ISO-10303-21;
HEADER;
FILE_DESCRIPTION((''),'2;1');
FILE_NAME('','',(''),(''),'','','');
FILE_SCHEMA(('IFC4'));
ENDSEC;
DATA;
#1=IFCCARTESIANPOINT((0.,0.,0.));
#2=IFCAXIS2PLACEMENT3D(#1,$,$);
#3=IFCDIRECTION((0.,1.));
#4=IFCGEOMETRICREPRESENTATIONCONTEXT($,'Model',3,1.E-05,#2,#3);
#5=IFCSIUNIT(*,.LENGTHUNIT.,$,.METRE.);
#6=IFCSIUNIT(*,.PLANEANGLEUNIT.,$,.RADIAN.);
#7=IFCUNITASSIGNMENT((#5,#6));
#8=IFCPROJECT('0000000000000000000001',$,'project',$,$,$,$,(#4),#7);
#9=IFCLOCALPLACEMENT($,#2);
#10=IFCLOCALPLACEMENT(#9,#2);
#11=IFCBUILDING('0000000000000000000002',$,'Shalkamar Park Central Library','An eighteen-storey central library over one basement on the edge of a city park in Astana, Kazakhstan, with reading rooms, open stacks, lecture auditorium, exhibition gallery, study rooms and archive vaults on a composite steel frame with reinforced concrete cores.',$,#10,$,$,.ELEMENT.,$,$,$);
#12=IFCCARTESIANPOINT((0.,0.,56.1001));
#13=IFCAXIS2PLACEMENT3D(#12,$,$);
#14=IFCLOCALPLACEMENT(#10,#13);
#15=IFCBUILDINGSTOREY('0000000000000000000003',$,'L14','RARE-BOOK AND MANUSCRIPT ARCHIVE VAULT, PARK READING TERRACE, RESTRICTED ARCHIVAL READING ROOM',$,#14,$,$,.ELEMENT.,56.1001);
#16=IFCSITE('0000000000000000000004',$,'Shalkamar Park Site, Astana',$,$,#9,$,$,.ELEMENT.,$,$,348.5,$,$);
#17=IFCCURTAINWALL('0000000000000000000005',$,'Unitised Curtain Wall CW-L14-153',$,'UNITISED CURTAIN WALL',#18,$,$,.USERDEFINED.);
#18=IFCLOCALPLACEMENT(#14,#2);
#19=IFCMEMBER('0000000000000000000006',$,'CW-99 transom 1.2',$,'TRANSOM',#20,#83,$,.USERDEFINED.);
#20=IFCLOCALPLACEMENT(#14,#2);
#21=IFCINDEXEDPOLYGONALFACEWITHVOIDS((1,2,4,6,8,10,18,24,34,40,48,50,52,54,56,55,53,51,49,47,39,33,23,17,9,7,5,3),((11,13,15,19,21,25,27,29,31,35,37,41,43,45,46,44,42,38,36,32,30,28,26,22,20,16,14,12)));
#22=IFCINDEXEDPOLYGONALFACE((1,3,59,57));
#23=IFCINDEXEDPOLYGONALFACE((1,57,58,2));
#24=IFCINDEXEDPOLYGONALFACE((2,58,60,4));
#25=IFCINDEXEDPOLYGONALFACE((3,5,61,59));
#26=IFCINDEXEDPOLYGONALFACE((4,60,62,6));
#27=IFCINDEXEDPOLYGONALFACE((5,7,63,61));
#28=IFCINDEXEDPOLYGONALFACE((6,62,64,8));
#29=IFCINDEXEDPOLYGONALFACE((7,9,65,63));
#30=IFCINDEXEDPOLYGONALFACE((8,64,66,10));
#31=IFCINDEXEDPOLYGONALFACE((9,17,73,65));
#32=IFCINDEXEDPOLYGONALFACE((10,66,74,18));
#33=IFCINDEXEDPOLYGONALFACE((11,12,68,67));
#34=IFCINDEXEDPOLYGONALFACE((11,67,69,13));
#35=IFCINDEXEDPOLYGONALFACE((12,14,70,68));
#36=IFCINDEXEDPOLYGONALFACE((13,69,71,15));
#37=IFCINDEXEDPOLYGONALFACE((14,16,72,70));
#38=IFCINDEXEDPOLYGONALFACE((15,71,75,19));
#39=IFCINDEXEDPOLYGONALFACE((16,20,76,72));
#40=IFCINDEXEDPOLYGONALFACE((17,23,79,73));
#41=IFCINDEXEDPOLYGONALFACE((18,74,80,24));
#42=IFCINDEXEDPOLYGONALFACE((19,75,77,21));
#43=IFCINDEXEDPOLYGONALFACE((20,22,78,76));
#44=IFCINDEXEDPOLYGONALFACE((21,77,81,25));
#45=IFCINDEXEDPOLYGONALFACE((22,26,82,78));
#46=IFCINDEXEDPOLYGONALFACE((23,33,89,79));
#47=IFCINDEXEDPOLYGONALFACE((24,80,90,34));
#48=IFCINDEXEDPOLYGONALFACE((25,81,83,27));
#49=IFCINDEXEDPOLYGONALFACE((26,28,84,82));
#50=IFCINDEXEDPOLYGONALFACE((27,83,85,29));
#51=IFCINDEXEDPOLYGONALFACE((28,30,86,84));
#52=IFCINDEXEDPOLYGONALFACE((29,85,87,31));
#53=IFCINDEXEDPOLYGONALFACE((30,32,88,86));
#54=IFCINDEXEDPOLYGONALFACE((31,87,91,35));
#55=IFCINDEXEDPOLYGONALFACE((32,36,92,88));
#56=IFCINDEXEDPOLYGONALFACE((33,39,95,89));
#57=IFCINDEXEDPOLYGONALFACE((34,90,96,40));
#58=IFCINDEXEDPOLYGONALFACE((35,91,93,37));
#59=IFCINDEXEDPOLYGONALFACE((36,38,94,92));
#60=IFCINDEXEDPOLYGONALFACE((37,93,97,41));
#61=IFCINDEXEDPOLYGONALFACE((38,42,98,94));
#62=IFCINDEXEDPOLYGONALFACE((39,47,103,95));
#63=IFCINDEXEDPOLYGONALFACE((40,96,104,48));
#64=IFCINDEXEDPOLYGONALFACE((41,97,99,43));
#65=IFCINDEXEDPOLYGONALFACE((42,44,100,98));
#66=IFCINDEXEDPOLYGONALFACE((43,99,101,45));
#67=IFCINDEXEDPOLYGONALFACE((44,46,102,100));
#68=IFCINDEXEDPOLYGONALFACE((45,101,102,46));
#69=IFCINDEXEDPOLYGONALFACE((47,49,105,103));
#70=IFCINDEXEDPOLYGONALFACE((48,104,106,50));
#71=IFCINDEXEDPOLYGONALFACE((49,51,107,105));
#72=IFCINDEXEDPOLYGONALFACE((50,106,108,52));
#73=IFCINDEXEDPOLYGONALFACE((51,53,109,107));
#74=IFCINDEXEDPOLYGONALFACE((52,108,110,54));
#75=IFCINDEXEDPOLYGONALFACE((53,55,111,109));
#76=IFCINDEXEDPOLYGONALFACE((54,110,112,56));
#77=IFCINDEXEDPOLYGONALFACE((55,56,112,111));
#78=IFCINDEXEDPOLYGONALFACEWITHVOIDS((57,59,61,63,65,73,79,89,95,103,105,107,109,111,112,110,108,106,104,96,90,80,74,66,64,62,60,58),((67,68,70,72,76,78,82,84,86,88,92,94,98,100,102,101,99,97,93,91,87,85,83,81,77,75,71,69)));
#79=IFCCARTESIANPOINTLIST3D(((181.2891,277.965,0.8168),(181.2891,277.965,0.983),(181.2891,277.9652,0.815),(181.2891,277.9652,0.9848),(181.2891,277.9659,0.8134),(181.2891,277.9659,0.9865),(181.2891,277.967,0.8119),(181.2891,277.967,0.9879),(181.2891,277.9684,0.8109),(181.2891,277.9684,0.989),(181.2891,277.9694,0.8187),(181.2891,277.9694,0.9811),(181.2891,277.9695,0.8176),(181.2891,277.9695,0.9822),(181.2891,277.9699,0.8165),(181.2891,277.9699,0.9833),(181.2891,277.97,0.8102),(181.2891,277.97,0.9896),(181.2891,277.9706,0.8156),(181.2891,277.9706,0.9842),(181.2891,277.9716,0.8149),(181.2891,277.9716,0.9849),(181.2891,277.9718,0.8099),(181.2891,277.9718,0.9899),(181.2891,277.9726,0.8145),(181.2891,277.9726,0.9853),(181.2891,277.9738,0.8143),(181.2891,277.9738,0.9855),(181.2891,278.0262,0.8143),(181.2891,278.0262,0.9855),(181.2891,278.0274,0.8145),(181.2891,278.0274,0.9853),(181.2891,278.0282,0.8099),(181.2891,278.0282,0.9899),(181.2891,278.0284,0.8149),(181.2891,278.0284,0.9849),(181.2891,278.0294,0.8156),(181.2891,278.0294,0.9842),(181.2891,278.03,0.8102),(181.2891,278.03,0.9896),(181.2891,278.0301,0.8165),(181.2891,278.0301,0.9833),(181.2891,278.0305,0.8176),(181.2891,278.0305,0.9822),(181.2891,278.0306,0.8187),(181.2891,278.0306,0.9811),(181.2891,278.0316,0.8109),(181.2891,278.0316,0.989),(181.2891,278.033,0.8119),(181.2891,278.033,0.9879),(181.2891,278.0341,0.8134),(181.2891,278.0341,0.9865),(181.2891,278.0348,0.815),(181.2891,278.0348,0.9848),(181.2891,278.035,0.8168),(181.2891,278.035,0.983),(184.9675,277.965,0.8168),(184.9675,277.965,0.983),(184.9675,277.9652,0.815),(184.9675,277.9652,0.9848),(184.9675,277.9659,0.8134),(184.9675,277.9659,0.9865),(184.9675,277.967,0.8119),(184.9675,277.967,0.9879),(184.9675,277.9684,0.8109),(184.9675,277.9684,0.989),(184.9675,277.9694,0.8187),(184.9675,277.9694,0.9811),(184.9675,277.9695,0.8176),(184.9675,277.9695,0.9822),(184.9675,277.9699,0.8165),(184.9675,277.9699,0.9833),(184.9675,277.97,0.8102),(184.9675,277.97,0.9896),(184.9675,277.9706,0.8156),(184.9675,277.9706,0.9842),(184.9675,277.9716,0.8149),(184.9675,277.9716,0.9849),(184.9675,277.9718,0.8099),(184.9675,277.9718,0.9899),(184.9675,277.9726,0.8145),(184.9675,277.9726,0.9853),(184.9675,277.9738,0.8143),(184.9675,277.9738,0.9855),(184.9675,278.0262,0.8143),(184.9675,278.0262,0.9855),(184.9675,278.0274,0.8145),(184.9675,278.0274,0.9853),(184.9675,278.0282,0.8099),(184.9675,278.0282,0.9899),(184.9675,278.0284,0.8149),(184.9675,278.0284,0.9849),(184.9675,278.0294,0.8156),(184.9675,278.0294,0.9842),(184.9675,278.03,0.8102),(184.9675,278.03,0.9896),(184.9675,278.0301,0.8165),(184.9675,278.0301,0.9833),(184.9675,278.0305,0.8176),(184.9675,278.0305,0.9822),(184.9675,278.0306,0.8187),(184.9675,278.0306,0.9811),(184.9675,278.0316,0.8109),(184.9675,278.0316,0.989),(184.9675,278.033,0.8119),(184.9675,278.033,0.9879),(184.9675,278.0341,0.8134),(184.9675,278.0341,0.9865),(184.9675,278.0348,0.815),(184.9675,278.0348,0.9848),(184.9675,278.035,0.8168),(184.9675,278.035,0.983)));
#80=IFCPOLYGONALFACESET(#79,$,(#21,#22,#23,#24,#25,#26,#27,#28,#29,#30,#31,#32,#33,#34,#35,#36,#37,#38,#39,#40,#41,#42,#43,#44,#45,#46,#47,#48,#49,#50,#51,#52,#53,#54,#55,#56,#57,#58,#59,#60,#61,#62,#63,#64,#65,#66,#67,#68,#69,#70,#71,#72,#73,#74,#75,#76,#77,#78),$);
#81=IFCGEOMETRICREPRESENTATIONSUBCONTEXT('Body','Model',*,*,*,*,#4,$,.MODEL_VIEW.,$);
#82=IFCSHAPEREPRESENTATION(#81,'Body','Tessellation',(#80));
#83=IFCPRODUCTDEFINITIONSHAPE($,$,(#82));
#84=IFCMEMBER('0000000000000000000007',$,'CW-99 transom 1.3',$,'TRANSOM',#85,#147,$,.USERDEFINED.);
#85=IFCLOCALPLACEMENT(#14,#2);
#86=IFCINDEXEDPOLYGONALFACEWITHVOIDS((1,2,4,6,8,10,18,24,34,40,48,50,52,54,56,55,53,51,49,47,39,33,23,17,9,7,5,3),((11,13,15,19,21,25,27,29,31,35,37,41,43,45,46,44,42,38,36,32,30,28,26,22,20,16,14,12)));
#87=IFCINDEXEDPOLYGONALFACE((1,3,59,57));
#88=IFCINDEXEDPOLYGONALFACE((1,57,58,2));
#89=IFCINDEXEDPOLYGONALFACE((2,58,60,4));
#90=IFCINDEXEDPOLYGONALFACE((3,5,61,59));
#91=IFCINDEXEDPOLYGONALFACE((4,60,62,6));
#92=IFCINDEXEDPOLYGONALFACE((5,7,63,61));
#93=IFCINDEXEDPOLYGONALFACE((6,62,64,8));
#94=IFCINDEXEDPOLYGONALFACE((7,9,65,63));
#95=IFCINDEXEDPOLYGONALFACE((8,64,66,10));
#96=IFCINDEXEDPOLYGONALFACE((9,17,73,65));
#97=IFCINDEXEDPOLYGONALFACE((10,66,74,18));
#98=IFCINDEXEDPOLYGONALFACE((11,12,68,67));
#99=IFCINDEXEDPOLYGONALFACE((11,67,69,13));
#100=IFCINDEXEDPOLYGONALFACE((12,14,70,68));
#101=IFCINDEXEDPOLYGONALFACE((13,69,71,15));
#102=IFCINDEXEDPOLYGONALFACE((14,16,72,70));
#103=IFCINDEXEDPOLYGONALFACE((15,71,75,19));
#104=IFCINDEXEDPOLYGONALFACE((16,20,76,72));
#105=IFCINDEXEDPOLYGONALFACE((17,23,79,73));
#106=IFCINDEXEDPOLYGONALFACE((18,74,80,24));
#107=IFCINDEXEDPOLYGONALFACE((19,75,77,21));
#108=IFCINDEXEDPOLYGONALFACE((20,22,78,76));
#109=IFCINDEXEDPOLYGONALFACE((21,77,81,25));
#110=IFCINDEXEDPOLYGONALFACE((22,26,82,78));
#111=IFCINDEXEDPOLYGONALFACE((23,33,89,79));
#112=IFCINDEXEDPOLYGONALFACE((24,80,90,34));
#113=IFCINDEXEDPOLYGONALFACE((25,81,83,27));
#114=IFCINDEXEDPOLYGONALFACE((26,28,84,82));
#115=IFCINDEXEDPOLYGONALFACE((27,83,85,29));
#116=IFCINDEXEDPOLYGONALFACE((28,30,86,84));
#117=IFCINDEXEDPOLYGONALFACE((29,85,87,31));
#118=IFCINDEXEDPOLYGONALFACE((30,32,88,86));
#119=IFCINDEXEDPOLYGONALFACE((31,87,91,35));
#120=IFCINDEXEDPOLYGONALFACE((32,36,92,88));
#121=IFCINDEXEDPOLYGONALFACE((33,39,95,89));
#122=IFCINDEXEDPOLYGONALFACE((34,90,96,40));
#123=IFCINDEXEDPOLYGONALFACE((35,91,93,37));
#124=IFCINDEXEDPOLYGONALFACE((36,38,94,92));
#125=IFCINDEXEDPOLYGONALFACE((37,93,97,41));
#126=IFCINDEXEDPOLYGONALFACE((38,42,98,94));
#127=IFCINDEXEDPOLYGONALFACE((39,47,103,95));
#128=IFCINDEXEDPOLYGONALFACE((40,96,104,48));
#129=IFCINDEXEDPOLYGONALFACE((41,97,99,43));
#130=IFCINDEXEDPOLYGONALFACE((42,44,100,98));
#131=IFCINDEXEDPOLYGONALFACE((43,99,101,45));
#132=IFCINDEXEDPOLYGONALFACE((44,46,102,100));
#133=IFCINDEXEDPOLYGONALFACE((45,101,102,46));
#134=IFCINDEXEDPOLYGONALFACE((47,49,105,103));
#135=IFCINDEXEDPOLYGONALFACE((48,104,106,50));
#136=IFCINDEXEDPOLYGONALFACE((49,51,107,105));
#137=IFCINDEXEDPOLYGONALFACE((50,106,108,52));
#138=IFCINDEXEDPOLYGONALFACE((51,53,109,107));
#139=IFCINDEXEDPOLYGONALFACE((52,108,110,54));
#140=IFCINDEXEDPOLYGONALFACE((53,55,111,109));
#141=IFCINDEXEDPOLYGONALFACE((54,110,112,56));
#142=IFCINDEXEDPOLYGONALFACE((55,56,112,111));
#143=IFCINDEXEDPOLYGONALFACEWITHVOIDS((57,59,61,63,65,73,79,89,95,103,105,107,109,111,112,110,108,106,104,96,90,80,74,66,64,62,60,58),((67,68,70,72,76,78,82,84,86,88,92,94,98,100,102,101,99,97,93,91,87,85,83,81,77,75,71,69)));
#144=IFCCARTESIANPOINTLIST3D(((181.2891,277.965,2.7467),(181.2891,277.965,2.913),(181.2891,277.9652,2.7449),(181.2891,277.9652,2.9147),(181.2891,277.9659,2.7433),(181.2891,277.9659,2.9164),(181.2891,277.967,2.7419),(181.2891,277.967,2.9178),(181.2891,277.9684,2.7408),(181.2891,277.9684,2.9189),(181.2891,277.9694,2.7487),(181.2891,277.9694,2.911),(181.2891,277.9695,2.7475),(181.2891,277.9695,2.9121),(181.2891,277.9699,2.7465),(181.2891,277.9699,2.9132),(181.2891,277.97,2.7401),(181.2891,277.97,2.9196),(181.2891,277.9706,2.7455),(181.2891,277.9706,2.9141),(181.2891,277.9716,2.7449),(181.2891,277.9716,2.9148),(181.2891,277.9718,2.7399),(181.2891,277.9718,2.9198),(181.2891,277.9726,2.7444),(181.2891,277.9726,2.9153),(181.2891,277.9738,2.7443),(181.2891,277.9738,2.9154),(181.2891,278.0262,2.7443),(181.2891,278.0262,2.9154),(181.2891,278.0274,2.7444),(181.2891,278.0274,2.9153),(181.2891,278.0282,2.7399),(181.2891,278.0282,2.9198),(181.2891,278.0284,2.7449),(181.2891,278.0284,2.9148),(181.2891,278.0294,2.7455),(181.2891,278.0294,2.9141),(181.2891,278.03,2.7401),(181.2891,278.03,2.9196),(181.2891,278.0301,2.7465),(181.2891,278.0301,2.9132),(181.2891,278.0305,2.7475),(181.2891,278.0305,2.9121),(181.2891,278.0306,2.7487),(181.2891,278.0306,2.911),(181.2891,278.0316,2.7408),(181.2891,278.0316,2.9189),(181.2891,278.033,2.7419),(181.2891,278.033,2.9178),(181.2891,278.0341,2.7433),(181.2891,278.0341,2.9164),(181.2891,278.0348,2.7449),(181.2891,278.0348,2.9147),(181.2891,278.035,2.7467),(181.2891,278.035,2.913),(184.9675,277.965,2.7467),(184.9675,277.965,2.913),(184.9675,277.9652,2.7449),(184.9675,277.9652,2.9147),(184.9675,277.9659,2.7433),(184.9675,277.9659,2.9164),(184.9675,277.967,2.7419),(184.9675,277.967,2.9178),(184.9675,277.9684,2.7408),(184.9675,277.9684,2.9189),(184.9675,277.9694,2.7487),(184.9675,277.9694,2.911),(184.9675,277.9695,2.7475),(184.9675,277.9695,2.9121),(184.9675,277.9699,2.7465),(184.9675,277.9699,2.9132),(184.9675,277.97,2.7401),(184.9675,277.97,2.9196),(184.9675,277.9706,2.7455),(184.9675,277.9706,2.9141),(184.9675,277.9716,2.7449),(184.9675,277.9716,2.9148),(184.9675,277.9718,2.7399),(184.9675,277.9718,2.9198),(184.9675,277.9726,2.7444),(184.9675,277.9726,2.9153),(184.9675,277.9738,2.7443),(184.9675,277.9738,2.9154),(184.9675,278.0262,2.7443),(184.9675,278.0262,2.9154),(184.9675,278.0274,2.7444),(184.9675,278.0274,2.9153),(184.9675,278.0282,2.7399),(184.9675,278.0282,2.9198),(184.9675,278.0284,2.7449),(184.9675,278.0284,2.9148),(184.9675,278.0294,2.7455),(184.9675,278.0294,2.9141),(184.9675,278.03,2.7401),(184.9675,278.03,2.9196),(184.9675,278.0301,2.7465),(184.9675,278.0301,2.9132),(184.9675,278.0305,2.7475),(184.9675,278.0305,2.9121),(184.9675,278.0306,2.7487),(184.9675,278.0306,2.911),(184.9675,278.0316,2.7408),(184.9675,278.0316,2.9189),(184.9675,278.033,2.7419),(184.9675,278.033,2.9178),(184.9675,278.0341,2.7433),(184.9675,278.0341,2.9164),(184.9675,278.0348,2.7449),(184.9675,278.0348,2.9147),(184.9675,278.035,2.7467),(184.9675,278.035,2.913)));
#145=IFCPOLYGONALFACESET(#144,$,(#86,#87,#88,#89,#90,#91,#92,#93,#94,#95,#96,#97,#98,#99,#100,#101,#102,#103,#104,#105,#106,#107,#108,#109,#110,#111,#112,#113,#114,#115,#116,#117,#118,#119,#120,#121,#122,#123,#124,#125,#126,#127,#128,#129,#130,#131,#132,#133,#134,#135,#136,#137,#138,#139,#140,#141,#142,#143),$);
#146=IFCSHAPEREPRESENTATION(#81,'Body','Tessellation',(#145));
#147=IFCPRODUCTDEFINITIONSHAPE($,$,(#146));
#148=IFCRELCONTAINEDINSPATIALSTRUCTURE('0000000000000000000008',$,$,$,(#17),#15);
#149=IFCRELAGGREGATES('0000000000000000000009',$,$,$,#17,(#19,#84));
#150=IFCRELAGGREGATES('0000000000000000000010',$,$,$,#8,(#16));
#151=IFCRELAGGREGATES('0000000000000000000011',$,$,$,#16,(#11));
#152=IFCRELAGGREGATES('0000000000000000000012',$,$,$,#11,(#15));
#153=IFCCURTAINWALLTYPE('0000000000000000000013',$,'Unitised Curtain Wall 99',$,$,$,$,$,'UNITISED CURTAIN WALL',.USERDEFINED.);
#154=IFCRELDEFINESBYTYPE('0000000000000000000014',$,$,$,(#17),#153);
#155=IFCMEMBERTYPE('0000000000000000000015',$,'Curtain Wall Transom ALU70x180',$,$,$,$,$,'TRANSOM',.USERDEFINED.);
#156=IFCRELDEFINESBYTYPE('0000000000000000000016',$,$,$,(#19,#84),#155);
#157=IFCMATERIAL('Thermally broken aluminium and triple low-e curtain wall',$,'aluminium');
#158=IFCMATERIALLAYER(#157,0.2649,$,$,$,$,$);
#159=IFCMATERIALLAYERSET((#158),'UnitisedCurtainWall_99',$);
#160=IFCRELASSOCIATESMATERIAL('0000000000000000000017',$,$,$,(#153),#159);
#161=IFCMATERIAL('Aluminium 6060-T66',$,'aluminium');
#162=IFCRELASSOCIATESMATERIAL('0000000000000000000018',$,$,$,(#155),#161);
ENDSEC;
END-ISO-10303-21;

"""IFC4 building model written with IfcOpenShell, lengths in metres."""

from ifc_helpers import new_model, si_unit, direction, frame, origin, origin_2d, place, context, subcontext, project, spatial, hollow_rectangle, extrude, material, layer, layer_set, material_profile, profile_set, type_object, element, aggregate, save


model = new_model("IFC4")

# Units and contexts
model_context = context("Model", 3, precision=1e-05, world=origin(), true_north=direction((0.0, 1.0)))
body_context = subcontext(model_context, "Body", "Model", "MODEL_VIEW")
ifc_project = project(units=[si_unit("LENGTHUNIT", "METRE"), si_unit("PLANEANGLEUNIT", "RADIAN")], contexts=[model_context])

# Site, building, storey
site_placement = place(None, origin())
site = spatial("IfcSite", under=ifc_project, at=site_placement, Name="Shalkamar Park Site, Astana", CompositionType="ELEMENT", RefElevation=348.5)
building_placement = place(site_placement, origin())
building = spatial("IfcBuilding", under=site, at=building_placement, Name="Shalkamar Park Central Library", Description="An eighteen-storey central library over one basement on the edge of a city park in Astana, Kazakhstan, with reading rooms, open stacks, lecture auditorium, exhibition gallery, study rooms and archive vaults on a composite steel frame with reinforced concrete cores.", CompositionType="ELEMENT")
storey_placement = place(building_placement, frame((0.0, 0.0, 56.1001)))
storey = spatial("IfcBuildingStorey", under=building, at=storey_placement, Name="L14", Description="RARE-BOOK AND MANUSCRIPT ARCHIVE VAULT, PARK READING TERRACE, RESTRICTED ARCHIVAL READING ROOM", CompositionType="ELEMENT", Elevation=56.1001)

# Curtain wall
ifc_material_1 = material(Name="Thermally broken aluminium and triple low-e curtain wall", Category="aluminium")
ifc_material_2 = material(Name="Aluminium 6060-T66", Category="aluminium")
ifc_layer_1 = layer(ifc_material_1, 0.2649)
ifc_layer_set_1 = layer_set([ifc_layer_1], Name="UnitisedCurtainWall_99")
curtain_wall_type_1 = type_object("IfcCurtainWallType", Name="Unitised Curtain Wall 99", ElementType="UNITISED CURTAIN WALL", PredefinedType="USERDEFINED", material=ifc_layer_set_1)
curtain_wall_1_placement = place(storey_placement, origin())
curtain_wall_1 = element("IfcCurtainWall", 1, at=curtain_wall_1_placement, inside=storey, type_object=curtain_wall_type_1, Name="Unitised Curtain Wall CW-L14-153", ObjectType="UNITISED CURTAIN WALL", PredefinedType="USERDEFINED")

# Members
ifc_material_profile_1 = material_profile(ifc_material_2, hollow_rectangle(XDim=0.0701, YDim=0.1799, WallThickness=0.0044, InnerFilletRadius=0.0044, OuterFilletRadius=0.0068, at=origin_2d()), Name="ALU 70x180x4.5")
ifc_profile_set_1 = profile_set([ifc_material_profile_1], Name="Aluminium 6060-T66")
member_type_1 = type_object("IfcMemberType", Name="Curtain Wall Transom ALU70x180", ElementType="TRANSOM", PredefinedType="USERDEFINED", material=ifc_profile_set_1)
member_1_placement = place(storey_placement, frame((181.2891, 278.0, 0.8999), z_axis=(1.0, 0.0, 0.0), x_axis=(0.0, 1.0, 0.0)))
member_1 = element("IfcMember", 2, at=member_1_placement, type_object=member_type_1, Name="CW-99 transom 1.2", ObjectType="TRANSOM", PredefinedType="USERDEFINED", context=body_context, shape_type="SweptSolid", body=[
    extrude(hollow_rectangle(XDim=0.0701, YDim=0.1799, WallThickness=0.0044, InnerFilletRadius=0.0044, OuterFilletRadius=0.0068, at=origin_2d()), origin(), (0.0, 0.0, 1.0), 3.6785),
])
member_2_placement = place(storey_placement, frame((181.2891, 278.0, 2.8298), z_axis=(1.0, 0.0, 0.0), x_axis=(0.0, 1.0, 0.0)))
member_2 = element("IfcMember", 3, at=member_2_placement, type_object=member_type_1, Name="CW-99 transom 1.3", ObjectType="TRANSOM", PredefinedType="USERDEFINED", context=body_context, shape_type="SweptSolid", body=[
    extrude(hollow_rectangle(XDim=0.0701, YDim=0.1799, WallThickness=0.0044, InnerFilletRadius=0.0044, OuterFilletRadius=0.0068, at=origin_2d()), origin(), (0.0, 0.0, 1.0), 3.6785),
])

aggregate(curtain_wall_1, [member_1, member_2])

save(model, "model.ifc")
